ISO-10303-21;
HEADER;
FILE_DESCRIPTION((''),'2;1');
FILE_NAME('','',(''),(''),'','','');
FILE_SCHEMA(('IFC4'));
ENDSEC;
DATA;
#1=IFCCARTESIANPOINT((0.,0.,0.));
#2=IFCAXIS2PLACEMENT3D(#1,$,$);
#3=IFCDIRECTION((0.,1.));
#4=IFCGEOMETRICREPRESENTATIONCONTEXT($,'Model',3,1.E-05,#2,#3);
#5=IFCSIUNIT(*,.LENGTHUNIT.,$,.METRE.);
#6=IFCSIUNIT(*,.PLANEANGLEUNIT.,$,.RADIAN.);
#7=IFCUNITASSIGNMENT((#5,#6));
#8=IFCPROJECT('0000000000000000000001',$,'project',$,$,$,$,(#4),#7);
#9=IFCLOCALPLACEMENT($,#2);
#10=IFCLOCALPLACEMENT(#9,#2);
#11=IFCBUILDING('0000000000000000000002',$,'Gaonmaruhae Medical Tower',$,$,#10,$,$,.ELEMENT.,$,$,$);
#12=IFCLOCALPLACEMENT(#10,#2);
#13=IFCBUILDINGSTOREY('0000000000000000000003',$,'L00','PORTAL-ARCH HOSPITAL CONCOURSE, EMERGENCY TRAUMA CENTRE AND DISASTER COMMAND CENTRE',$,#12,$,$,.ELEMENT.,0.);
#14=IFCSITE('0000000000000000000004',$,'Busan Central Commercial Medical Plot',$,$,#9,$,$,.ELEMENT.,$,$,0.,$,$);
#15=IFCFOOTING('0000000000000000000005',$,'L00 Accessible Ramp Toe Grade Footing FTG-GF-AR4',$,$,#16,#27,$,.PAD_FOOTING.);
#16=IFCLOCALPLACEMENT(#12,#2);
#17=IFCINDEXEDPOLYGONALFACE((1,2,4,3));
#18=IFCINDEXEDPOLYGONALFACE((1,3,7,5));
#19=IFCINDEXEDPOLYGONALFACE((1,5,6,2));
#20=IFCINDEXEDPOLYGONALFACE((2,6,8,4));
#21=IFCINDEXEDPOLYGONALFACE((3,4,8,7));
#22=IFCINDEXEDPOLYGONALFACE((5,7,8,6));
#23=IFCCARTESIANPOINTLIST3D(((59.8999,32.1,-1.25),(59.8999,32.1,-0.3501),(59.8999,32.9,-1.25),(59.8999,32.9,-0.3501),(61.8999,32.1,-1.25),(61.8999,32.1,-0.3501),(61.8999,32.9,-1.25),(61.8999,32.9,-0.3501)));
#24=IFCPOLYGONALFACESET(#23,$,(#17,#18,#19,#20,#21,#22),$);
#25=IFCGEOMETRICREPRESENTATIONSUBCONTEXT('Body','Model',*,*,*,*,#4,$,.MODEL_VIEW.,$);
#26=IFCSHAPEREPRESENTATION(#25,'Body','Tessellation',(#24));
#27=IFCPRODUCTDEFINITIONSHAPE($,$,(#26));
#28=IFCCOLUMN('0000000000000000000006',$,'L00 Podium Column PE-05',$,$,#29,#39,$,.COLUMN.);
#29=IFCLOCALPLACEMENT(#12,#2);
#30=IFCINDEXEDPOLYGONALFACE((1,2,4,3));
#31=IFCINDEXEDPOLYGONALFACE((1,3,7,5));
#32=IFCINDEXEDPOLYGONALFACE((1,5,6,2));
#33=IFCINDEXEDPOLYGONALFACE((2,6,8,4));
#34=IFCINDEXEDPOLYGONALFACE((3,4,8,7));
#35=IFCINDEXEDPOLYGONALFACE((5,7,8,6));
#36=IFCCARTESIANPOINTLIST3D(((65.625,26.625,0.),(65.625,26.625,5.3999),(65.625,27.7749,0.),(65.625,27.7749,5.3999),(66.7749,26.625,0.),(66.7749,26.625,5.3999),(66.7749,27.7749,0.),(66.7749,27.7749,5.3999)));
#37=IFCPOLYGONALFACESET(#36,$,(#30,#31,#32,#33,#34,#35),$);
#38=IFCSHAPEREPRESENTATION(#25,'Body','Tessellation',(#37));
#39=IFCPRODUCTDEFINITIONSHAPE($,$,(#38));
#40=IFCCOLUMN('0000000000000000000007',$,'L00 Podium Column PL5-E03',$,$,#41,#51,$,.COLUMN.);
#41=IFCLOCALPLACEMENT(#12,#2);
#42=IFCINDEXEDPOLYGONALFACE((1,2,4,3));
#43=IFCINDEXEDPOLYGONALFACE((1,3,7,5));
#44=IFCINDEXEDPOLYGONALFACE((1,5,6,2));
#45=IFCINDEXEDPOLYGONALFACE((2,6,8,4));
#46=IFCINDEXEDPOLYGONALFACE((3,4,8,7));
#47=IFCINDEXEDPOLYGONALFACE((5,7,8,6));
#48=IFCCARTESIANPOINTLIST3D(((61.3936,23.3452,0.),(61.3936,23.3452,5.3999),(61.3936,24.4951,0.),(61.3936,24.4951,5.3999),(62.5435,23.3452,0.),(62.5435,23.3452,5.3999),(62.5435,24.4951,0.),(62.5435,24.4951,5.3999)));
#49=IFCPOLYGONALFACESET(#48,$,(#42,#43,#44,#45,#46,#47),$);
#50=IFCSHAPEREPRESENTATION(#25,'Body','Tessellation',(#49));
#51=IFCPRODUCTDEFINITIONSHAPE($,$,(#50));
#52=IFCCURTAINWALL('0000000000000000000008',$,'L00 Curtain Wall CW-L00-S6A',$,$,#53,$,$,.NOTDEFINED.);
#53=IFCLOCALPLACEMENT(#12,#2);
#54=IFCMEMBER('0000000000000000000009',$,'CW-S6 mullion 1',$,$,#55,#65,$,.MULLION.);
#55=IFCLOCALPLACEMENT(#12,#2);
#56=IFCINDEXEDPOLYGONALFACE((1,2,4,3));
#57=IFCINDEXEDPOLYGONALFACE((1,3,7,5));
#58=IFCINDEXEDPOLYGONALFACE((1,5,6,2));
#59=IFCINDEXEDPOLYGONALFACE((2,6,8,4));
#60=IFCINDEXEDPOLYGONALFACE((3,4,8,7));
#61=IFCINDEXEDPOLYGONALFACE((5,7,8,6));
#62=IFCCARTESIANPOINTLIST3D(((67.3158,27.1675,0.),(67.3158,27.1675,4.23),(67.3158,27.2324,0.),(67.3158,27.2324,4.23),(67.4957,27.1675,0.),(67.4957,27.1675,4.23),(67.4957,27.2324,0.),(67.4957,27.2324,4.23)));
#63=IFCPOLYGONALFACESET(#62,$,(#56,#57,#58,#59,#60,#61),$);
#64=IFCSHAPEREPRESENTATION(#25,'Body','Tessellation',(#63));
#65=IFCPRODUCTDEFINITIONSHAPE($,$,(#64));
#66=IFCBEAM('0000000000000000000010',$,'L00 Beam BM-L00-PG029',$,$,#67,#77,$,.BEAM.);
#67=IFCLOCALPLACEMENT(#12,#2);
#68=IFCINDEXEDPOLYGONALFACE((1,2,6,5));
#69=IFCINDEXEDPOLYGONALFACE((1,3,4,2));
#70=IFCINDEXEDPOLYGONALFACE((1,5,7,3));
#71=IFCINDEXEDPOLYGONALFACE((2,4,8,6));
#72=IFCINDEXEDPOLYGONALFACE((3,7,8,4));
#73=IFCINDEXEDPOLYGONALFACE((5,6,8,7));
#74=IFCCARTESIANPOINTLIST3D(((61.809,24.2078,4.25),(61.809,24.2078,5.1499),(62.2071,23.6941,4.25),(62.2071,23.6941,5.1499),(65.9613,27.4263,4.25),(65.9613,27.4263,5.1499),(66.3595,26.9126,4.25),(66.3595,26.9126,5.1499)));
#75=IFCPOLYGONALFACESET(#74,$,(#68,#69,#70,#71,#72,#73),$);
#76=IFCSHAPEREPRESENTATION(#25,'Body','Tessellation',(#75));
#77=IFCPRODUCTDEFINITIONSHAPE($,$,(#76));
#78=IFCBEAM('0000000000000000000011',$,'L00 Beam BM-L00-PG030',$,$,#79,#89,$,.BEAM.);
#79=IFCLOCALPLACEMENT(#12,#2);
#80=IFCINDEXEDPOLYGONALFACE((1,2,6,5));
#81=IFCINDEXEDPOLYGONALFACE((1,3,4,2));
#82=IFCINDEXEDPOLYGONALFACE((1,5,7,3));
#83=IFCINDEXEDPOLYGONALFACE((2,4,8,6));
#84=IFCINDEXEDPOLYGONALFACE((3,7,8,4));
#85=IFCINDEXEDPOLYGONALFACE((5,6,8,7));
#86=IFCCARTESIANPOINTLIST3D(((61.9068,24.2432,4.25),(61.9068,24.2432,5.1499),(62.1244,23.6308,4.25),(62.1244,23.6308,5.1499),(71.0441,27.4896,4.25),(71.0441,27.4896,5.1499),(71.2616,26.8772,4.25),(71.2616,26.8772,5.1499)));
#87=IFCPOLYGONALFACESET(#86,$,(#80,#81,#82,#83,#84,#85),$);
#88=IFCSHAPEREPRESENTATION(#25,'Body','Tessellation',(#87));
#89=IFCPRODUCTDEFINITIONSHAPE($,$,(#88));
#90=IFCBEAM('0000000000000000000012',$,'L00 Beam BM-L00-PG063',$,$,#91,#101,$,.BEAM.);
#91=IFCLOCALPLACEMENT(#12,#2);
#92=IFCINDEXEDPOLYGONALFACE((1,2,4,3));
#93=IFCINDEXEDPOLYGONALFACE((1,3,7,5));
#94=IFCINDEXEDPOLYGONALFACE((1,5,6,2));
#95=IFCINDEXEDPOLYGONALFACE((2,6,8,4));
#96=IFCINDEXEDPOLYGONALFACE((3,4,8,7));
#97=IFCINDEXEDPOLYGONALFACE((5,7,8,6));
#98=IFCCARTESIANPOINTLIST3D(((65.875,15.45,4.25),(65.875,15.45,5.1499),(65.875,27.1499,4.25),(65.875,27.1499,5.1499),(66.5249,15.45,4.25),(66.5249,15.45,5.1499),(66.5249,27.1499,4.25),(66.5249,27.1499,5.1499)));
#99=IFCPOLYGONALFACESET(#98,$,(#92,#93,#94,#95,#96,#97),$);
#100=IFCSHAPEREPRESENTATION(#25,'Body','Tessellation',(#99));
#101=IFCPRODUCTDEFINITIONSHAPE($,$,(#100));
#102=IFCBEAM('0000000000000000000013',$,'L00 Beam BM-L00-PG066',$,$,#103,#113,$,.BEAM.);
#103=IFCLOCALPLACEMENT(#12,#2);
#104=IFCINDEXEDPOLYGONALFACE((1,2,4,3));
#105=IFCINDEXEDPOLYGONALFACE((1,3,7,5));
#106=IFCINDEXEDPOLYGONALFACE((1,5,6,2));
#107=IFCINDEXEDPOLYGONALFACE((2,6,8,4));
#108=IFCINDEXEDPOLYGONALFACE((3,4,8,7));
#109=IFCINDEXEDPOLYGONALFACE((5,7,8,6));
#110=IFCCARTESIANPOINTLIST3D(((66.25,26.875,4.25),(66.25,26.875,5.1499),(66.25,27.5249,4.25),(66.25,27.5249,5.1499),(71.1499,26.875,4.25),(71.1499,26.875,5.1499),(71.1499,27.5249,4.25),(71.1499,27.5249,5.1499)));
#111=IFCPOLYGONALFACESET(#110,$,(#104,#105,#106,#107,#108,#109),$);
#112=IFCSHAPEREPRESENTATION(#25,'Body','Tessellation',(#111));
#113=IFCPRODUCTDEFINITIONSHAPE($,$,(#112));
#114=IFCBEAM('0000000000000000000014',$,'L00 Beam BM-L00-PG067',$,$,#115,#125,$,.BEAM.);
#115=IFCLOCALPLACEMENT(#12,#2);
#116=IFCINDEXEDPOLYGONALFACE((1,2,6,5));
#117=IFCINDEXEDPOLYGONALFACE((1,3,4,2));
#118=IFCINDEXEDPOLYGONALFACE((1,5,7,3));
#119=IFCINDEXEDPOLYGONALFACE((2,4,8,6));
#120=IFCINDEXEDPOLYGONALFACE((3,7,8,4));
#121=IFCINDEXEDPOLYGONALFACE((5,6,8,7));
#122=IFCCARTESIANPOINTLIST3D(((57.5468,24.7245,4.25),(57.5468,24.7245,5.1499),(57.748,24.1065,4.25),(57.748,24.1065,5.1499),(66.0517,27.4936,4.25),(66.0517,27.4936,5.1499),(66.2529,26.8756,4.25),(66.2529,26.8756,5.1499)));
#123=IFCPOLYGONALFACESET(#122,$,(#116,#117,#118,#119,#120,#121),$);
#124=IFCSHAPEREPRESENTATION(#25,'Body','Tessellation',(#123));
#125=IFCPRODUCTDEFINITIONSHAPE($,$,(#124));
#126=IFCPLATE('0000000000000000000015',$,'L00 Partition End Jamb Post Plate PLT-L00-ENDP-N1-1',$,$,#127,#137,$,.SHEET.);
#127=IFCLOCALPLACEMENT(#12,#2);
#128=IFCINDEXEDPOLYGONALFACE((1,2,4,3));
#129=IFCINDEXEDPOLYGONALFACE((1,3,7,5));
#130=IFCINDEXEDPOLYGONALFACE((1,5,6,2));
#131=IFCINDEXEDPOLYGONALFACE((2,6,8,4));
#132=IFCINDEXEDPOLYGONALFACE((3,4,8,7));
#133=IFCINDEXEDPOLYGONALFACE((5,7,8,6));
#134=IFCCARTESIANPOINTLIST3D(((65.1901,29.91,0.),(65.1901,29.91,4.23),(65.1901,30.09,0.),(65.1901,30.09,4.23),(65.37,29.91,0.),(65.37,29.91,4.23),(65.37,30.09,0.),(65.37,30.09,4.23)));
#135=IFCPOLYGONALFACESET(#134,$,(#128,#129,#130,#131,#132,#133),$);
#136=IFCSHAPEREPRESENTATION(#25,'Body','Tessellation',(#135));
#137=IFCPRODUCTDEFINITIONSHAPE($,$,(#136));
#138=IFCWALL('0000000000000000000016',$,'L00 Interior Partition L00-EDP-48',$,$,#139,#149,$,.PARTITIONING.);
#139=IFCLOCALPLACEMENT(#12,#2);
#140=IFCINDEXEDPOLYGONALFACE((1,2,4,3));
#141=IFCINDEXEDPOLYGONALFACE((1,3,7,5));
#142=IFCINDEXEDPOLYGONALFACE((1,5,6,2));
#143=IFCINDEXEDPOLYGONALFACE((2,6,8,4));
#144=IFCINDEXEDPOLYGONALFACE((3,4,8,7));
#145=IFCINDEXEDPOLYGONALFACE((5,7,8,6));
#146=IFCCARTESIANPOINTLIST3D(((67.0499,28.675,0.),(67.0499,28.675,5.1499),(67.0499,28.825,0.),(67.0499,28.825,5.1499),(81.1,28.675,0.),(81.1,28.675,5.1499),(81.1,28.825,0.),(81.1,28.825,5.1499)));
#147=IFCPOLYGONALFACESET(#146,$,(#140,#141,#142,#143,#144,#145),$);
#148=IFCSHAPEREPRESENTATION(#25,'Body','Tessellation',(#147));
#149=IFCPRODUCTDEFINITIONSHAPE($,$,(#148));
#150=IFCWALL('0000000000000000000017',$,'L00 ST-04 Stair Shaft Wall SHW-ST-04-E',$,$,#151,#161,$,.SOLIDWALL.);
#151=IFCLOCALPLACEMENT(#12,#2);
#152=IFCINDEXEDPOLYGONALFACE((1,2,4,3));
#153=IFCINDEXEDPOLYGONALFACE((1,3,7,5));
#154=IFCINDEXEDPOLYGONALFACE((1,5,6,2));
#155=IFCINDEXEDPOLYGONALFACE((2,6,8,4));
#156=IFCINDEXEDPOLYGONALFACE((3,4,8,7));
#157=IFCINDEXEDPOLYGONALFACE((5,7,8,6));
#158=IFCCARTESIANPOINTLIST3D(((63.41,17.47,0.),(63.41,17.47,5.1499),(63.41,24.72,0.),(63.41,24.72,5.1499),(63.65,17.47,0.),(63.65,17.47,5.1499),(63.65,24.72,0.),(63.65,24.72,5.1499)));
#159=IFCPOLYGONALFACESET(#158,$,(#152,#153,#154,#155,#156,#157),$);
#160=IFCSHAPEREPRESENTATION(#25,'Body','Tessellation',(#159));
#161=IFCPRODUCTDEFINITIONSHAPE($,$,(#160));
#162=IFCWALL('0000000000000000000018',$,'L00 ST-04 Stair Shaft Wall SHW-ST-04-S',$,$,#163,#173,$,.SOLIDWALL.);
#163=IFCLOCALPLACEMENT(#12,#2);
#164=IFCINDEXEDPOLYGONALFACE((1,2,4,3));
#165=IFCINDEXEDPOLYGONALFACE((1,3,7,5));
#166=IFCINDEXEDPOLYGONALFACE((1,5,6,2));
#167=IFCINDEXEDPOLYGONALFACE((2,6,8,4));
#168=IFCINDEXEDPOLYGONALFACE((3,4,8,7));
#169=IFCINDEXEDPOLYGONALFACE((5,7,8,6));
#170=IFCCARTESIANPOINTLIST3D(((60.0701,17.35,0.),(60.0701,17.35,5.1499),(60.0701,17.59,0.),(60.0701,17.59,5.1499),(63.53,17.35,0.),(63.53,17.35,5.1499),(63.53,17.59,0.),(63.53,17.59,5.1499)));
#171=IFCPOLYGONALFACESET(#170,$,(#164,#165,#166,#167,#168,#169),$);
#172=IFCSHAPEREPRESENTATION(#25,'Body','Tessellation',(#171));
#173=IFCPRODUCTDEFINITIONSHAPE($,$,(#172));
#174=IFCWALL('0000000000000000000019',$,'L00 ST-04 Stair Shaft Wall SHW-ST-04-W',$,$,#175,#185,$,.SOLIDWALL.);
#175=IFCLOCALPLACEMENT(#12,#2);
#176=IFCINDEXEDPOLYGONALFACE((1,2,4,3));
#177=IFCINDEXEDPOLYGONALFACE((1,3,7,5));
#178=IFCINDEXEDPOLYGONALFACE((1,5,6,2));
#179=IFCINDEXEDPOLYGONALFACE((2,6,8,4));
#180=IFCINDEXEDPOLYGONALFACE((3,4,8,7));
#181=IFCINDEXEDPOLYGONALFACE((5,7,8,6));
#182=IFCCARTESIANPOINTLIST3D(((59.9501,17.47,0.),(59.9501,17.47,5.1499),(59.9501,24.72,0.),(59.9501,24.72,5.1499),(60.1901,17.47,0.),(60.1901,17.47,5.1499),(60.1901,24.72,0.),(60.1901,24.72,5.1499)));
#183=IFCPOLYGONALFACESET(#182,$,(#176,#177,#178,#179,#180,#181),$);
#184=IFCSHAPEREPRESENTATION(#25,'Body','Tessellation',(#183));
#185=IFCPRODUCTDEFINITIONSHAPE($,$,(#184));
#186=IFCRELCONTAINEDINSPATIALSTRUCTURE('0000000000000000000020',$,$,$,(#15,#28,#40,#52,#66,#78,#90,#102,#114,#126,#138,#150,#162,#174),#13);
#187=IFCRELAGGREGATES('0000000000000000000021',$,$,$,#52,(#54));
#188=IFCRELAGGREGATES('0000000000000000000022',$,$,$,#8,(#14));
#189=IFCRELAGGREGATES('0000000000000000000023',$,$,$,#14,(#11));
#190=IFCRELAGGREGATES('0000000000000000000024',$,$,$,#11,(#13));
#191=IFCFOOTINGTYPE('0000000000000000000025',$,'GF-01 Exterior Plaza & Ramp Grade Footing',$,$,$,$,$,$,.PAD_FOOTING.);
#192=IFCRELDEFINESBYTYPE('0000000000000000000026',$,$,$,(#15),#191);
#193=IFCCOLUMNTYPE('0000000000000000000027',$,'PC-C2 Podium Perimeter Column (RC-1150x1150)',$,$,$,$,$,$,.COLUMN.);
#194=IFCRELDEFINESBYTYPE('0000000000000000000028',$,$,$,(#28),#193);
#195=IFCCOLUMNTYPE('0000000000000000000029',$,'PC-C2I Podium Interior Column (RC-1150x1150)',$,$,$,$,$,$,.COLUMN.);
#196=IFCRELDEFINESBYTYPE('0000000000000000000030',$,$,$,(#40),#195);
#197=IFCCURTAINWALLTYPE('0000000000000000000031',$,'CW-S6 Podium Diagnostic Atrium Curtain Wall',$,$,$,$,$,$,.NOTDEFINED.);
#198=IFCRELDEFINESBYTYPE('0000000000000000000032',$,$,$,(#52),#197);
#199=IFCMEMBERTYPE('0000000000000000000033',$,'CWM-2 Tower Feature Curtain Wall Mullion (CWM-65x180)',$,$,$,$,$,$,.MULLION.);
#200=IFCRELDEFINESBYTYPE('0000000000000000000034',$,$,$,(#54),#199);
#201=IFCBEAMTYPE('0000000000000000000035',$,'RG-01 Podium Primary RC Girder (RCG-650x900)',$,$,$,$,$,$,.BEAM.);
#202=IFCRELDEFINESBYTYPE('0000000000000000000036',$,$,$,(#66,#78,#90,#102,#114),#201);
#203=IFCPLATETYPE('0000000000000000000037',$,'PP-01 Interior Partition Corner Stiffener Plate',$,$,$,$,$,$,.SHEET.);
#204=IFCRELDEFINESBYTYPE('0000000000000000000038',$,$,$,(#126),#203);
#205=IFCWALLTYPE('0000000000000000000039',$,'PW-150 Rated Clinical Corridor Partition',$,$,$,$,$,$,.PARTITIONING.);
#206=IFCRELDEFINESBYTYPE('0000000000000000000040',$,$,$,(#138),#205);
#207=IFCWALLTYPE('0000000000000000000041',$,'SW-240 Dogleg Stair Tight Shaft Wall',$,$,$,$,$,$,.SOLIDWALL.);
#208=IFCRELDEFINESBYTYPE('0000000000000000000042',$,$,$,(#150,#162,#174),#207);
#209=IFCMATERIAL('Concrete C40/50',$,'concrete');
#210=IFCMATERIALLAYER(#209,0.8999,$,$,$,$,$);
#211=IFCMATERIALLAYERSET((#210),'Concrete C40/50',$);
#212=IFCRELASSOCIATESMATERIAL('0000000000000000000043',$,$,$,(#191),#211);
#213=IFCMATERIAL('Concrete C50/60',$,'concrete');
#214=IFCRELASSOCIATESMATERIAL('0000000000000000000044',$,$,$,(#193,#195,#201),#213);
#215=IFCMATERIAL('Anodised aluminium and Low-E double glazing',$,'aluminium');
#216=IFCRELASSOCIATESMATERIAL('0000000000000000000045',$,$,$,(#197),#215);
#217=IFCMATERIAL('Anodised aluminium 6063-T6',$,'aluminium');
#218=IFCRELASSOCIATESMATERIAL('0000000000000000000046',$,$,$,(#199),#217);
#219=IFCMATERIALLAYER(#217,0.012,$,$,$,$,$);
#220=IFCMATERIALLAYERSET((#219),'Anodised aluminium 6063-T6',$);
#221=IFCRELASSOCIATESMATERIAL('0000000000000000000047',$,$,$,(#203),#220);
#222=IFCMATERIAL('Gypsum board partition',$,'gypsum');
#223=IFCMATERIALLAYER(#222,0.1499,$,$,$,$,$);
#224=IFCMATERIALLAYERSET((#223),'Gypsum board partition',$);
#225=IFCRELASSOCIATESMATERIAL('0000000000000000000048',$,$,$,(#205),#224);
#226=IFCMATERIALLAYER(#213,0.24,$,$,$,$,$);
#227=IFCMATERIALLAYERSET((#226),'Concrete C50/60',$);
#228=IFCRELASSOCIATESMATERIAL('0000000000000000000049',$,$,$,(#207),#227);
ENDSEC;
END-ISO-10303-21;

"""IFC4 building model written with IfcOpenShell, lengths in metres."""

from ifc_helpers import new_model, si_unit, direction, frame, frame_2d, origin, origin_2d, place, context, subcontext, project, spatial, rectangle, extrude, material, layer, layer_set, material_profile, profile_set, type_object, element, aggregate, save


model = new_model("IFC4")

# Units and contexts
model_context = context("Model", 3, precision=1e-05, world=origin(), true_north=direction((0.0, 1.0)))
body_context = subcontext(model_context, "Body", "Model", "MODEL_VIEW")
ifc_project = project(units=[si_unit("LENGTHUNIT", "METRE"), si_unit("PLANEANGLEUNIT", "RADIAN")], contexts=[model_context])

# Site, building, storey
site_placement = place(None, origin())
site = spatial("IfcSite", under=ifc_project, at=site_placement, Name="Busan Central Commercial Medical Plot", CompositionType="ELEMENT", RefElevation=0.0)
building_placement = place(site_placement, origin())
building = spatial("IfcBuilding", under=site, at=building_placement, Name="Gaonmaruhae Medical Tower", CompositionType="ELEMENT")
storey_placement = place(building_placement, origin())
storey = spatial("IfcBuildingStorey", under=building, at=storey_placement, Name="L00", Description="PORTAL-ARCH HOSPITAL CONCOURSE, EMERGENCY TRAUMA CENTRE AND DISASTER COMMAND CENTRE", CompositionType="ELEMENT", Elevation=0.0)

# Footing
ifc_material_1 = material(Name="Concrete C40/50", Category="concrete")
ifc_layer_1 = layer(ifc_material_1, 0.8999)
ifc_layer_set_1 = layer_set([ifc_layer_1], Name="Concrete C40/50")
footing_type = type_object("IfcFootingType", Name="GF-01 Exterior Plaza & Ramp Grade Footing", PredefinedType="PAD_FOOTING", material=ifc_layer_set_1)
footing_placement = place(storey_placement, frame((60.8999, 32.5, -1.25), z_axis=(0.0, 0.0, 1.0), x_axis=(1.0, 0.0, 0.0)))
element("IfcFooting", 1, at=footing_placement, inside=storey, type_object=footing_type, Name="L00 Accessible Ramp Toe Grade Footing FTG-GF-AR4", PredefinedType="PAD_FOOTING", context=body_context, shape_type="SweptSolid", body=[
    extrude(rectangle(XDim=2.0, YDim=0.8, at=origin_2d()), origin(), (0.0, 0.0, 1.0), 0.8999),
])

# Columns
ifc_material_2 = material(Name="Concrete C50/60", Category="concrete")
ifc_material_profile_1 = material_profile(ifc_material_2, rectangle(XDim=1.1499, YDim=1.1499, at=origin_2d()), Name="RC-1150x1150")
ifc_profile_set_1 = profile_set([ifc_material_profile_1], Name="Concrete C50/60")
column_type_1 = type_object("IfcColumnType", Name="PC-C2 Podium Perimeter Column (RC-1150x1150)", PredefinedType="COLUMN", material=ifc_profile_set_1)
column_1_placement = place(storey_placement, frame((66.2, 27.2, 0.0), z_axis=(0.0, 0.0, 1.0), x_axis=(1.0, 0.0, 0.0)))
element("IfcColumn", 2, at=column_1_placement, inside=storey, type_object=column_type_1, Name="L00 Podium Column PE-05", PredefinedType="COLUMN", context=body_context, shape_type="SweptSolid", body=[
    extrude(rectangle(XDim=1.1499, YDim=1.1499, at=origin_2d()), origin(), (0.0, 0.0, 1.0), 5.3999),
])
ifc_material_profile_2 = material_profile(ifc_material_2, rectangle(XDim=1.1499, YDim=1.1499, at=origin_2d()), Name="RC-1150x1150")
ifc_profile_set_2 = profile_set([ifc_material_profile_2], Name="Concrete C50/60")
column_type_2 = type_object("IfcColumnType", Name="PC-C2I Podium Interior Column (RC-1150x1150)", PredefinedType="COLUMN", material=ifc_profile_set_2)
column_2_placement = place(storey_placement, frame((61.9685, 23.9202, 0.0), z_axis=(0.0, 0.0, 1.0), x_axis=(1.0, 0.0, 0.0)))
element("IfcColumn", 3, at=column_2_placement, inside=storey, type_object=column_type_2, Name="L00 Podium Column PL5-E03", PredefinedType="COLUMN", context=body_context, shape_type="SweptSolid", body=[
    extrude(rectangle(XDim=1.1499, YDim=1.1499, at=origin_2d()), origin(), (0.0, 0.0, 1.0), 5.3999),
])

# Curtain wall, member
ifc_material_3 = material(Name="Anodised aluminium and Low-E double glazing", Category="aluminium")
curtain_wall_type = type_object("IfcCurtainWallType", Name="CW-S6 Podium Diagnostic Atrium Curtain Wall", PredefinedType="NOTDEFINED", material=ifc_material_3)
curtain_wall_placement = place(storey_placement, origin())
curtain_wall = element("IfcCurtainWall", 4, at=curtain_wall_placement, inside=storey, type_object=curtain_wall_type, Name="L00 Curtain Wall CW-L00-S6A", PredefinedType="NOTDEFINED")
ifc_material_4 = material(Name="Anodised aluminium 6063-T6", Category="aluminium")
ifc_material_profile_3 = material_profile(ifc_material_4, rectangle(XDim=0.0649, YDim=0.1799, at=origin_2d()), Name="CWM-65x180")
ifc_profile_set_3 = profile_set([ifc_material_profile_3], Name="Anodised aluminium 6063-T6")
member_type = type_object("IfcMemberType", Name="CWM-2 Tower Feature Curtain Wall Mullion (CWM-65x180)", PredefinedType="MULLION", material=ifc_profile_set_3)
member_placement = place(storey_placement, frame((67.4058, 27.2, 0.0), z_axis=(0.0, 0.0, 1.0), x_axis=(0.0, 1.0, 0.0)))
member = element("IfcMember", 5, at=member_placement, type_object=member_type, Name="CW-S6 mullion 1", PredefinedType="MULLION", context=body_context, shape_type="SweptSolid", body=[
    extrude(rectangle(XDim=0.0649, YDim=0.1799, at=origin_2d()), origin(), (0.0, 0.0, 1.0), 4.23),
])
aggregate(curtain_wall, [member])

# Beams
ifc_material_profile_4 = material_profile(ifc_material_2, rectangle(XDim=0.6499, YDim=0.8999, at=origin_2d()), Name="RCG-650x900")
ifc_profile_set_4 = profile_set([ifc_material_profile_4], Name="Concrete C50/60")
beam_type = type_object("IfcBeamType", Name="RG-01 Podium Primary RC Girder (RCG-650x900)", PredefinedType="BEAM", material=ifc_profile_set_4)
beam_1_placement = place(storey_placement, frame((62.0081, 23.9509, 4.7), z_axis=(0.790375, 0.612624, 0.0), x_axis=(-0.612624, 0.790375, 0.0)))
element("IfcBeam", 6, at=beam_1_placement, inside=storey, type_object=beam_type, Name="L00 Beam BM-L00-PG029", PredefinedType="BEAM", context=body_context, shape_type="SweptSolid", body=[
    extrude(rectangle(XDim=0.6499, YDim=0.8999, at=origin_2d()), origin(), (0.0, 0.0, 1.0), 5.2537),
])
beam_2_placement = place(storey_placement, frame((62.0156, 23.937, 4.7), z_axis=(0.942294, 0.334786, 0.0), x_axis=(-0.334786, 0.942294, 0.0)))
element("IfcBeam", 7, at=beam_2_placement, inside=storey, type_object=beam_type, Name="L00 Beam BM-L00-PG030", PredefinedType="BEAM", context=body_context, shape_type="SweptSolid", body=[
    extrude(rectangle(XDim=0.6499, YDim=0.8999, at=origin_2d()), origin(), (0.0, 0.0, 1.0), 9.6968),
])
beam_3_placement = place(storey_placement, frame((66.2, 15.45, 4.7), z_axis=(0.0, 1.0, 0.0), x_axis=(-1.0, 0.0, 0.0)))
element("IfcBeam", 8, at=beam_3_placement, inside=storey, type_object=beam_type, Name="L00 Beam BM-L00-PG063", PredefinedType="BEAM", context=body_context, shape_type="SweptSolid", body=[
    extrude(rectangle(XDim=0.6499, YDim=0.8999, at=origin_2d()), origin(), (0.0, 0.0, 1.0), 11.7),
])
beam_4_placement = place(storey_placement, frame((66.25, 27.2, 4.7), z_axis=(1.0, 0.0, 0.0), x_axis=(0.0, 1.0, 0.0)))
element("IfcBeam", 9, at=beam_4_placement, inside=storey, type_object=beam_type, Name="L00 Beam BM-L00-PG066", PredefinedType="BEAM", context=body_context, shape_type="SweptSolid", body=[
    extrude(rectangle(XDim=0.6499, YDim=0.8999, at=origin_2d()), origin(), (0.0, 0.0, 1.0), 4.8999),
])
beam_5_placement = place(storey_placement, frame((66.1523, 27.1846, 4.7), z_axis=(-0.950871, -0.309587, 0.0), x_axis=(0.309587, -0.950871, 0.0)))
element("IfcBeam", 10, at=beam_5_placement, inside=storey, type_object=beam_type, Name="L00 Beam BM-L00-PG067", PredefinedType="BEAM", context=body_context, shape_type="SweptSolid", body=[
    extrude(rectangle(XDim=0.6499, YDim=0.8999, at=origin_2d()), origin(), (0.0, 0.0, 1.0), 8.9443),
])

# Plate
ifc_layer_2 = layer(ifc_material_4, 0.012)
ifc_layer_set_2 = layer_set([ifc_layer_2], Name="Anodised aluminium 6063-T6")
plate_type = type_object("IfcPlateType", Name="PP-01 Interior Partition Corner Stiffener Plate", PredefinedType="SHEET", material=ifc_layer_set_2)
plate_placement = place(storey_placement, frame((65.28, 30.0, 0.0), z_axis=(0.0, 0.0, 1.0), x_axis=(1.0, 0.0, 0.0)))
element("IfcPlate", 11, at=plate_placement, inside=storey, type_object=plate_type, Name="L00 Partition End Jamb Post Plate PLT-L00-ENDP-N1-1", PredefinedType="SHEET", context=body_context, shape_type="SweptSolid", body=[
    extrude(rectangle(XDim=0.1799, YDim=0.1799, at=origin_2d()), origin(), (0.0, 0.0, 1.0), 4.23),
])

# Wall
ifc_material_5 = material(Name="Gypsum board partition", Category="gypsum")
ifc_layer_3 = layer(ifc_material_5, 0.1499)
ifc_layer_set_3 = layer_set([ifc_layer_3], Name="Gypsum board partition")
wall_type_1 = type_object("IfcWallType", Name="PW-150 Rated Clinical Corridor Partition", PredefinedType="PARTITIONING", material=ifc_layer_set_3)
wall_1_placement = place(storey_placement, frame((67.05, 28.75, 0.0), z_axis=(0.0, 0.0, 1.0), x_axis=(1.0, 0.0, 0.0)))
element("IfcWall", 12, at=wall_1_placement, inside=storey, type_object=wall_type_1, Name="L00 Interior Partition L00-EDP-48", PredefinedType="PARTITIONING", context=body_context, shape_type="SweptSolid", body=[
    extrude(rectangle(XDim=14.05, YDim=0.1499, at=frame_2d((7.0249, 0.0))), origin(), (0.0, 0.0, 1.0), 5.1499),
])

# Shared definitions
ifc_layer_4 = layer(ifc_material_2, 0.24)
ifc_layer_set_4 = layer_set([ifc_layer_4], Name="Concrete C50/60")
wall_type_2 = type_object("IfcWallType", Name="SW-240 Dogleg Stair Tight Shaft Wall", PredefinedType="SOLIDWALL", material=ifc_layer_set_4)

# Walls
wall_2_placement = place(storey_placement, frame((63.53, 24.72, 0.0), z_axis=(0.0, 0.0, 1.0), x_axis=(0.0, -1.0, 0.0)))
element("IfcWall", 13, at=wall_2_placement, inside=storey, type_object=wall_type_2, Name="L00 ST-04 Stair Shaft Wall SHW-ST-04-E", PredefinedType="SOLIDWALL", context=body_context, shape_type="SweptSolid", body=[
    extrude(rectangle(XDim=7.25, YDim=0.24, at=frame_2d((3.625, 0.0))), origin(), (0.0, 0.0, 1.0), 5.1499),
])
wall_3_placement = place(storey_placement, frame((63.53, 17.47, 0.0), z_axis=(0.0, 0.0, 1.0), x_axis=(-1.0, 0.0, 0.0)))
element("IfcWall", 14, at=wall_3_placement, inside=storey, type_object=wall_type_2, Name="L00 ST-04 Stair Shaft Wall SHW-ST-04-S", PredefinedType="SOLIDWALL", context=body_context, shape_type="SweptSolid", body=[
    extrude(rectangle(XDim=3.46, YDim=0.24, at=frame_2d((1.73, 0.0))), origin(), (0.0, 0.0, 1.0), 5.1499),
])
wall_4_placement = place(storey_placement, frame((60.0701, 17.47, 0.0), z_axis=(0.0, 0.0, 1.0), x_axis=(0.0, 1.0, 0.0)))
element("IfcWall", 15, at=wall_4_placement, inside=storey, type_object=wall_type_2, Name="L00 ST-04 Stair Shaft Wall SHW-ST-04-W", PredefinedType="SOLIDWALL", context=body_context, shape_type="SweptSolid", body=[
    extrude(rectangle(XDim=7.25, YDim=0.24, at=frame_2d((3.625, 0.0))), origin(), (0.0, 0.0, 1.0), 5.1499),
])

save(model, "model.ifc")
